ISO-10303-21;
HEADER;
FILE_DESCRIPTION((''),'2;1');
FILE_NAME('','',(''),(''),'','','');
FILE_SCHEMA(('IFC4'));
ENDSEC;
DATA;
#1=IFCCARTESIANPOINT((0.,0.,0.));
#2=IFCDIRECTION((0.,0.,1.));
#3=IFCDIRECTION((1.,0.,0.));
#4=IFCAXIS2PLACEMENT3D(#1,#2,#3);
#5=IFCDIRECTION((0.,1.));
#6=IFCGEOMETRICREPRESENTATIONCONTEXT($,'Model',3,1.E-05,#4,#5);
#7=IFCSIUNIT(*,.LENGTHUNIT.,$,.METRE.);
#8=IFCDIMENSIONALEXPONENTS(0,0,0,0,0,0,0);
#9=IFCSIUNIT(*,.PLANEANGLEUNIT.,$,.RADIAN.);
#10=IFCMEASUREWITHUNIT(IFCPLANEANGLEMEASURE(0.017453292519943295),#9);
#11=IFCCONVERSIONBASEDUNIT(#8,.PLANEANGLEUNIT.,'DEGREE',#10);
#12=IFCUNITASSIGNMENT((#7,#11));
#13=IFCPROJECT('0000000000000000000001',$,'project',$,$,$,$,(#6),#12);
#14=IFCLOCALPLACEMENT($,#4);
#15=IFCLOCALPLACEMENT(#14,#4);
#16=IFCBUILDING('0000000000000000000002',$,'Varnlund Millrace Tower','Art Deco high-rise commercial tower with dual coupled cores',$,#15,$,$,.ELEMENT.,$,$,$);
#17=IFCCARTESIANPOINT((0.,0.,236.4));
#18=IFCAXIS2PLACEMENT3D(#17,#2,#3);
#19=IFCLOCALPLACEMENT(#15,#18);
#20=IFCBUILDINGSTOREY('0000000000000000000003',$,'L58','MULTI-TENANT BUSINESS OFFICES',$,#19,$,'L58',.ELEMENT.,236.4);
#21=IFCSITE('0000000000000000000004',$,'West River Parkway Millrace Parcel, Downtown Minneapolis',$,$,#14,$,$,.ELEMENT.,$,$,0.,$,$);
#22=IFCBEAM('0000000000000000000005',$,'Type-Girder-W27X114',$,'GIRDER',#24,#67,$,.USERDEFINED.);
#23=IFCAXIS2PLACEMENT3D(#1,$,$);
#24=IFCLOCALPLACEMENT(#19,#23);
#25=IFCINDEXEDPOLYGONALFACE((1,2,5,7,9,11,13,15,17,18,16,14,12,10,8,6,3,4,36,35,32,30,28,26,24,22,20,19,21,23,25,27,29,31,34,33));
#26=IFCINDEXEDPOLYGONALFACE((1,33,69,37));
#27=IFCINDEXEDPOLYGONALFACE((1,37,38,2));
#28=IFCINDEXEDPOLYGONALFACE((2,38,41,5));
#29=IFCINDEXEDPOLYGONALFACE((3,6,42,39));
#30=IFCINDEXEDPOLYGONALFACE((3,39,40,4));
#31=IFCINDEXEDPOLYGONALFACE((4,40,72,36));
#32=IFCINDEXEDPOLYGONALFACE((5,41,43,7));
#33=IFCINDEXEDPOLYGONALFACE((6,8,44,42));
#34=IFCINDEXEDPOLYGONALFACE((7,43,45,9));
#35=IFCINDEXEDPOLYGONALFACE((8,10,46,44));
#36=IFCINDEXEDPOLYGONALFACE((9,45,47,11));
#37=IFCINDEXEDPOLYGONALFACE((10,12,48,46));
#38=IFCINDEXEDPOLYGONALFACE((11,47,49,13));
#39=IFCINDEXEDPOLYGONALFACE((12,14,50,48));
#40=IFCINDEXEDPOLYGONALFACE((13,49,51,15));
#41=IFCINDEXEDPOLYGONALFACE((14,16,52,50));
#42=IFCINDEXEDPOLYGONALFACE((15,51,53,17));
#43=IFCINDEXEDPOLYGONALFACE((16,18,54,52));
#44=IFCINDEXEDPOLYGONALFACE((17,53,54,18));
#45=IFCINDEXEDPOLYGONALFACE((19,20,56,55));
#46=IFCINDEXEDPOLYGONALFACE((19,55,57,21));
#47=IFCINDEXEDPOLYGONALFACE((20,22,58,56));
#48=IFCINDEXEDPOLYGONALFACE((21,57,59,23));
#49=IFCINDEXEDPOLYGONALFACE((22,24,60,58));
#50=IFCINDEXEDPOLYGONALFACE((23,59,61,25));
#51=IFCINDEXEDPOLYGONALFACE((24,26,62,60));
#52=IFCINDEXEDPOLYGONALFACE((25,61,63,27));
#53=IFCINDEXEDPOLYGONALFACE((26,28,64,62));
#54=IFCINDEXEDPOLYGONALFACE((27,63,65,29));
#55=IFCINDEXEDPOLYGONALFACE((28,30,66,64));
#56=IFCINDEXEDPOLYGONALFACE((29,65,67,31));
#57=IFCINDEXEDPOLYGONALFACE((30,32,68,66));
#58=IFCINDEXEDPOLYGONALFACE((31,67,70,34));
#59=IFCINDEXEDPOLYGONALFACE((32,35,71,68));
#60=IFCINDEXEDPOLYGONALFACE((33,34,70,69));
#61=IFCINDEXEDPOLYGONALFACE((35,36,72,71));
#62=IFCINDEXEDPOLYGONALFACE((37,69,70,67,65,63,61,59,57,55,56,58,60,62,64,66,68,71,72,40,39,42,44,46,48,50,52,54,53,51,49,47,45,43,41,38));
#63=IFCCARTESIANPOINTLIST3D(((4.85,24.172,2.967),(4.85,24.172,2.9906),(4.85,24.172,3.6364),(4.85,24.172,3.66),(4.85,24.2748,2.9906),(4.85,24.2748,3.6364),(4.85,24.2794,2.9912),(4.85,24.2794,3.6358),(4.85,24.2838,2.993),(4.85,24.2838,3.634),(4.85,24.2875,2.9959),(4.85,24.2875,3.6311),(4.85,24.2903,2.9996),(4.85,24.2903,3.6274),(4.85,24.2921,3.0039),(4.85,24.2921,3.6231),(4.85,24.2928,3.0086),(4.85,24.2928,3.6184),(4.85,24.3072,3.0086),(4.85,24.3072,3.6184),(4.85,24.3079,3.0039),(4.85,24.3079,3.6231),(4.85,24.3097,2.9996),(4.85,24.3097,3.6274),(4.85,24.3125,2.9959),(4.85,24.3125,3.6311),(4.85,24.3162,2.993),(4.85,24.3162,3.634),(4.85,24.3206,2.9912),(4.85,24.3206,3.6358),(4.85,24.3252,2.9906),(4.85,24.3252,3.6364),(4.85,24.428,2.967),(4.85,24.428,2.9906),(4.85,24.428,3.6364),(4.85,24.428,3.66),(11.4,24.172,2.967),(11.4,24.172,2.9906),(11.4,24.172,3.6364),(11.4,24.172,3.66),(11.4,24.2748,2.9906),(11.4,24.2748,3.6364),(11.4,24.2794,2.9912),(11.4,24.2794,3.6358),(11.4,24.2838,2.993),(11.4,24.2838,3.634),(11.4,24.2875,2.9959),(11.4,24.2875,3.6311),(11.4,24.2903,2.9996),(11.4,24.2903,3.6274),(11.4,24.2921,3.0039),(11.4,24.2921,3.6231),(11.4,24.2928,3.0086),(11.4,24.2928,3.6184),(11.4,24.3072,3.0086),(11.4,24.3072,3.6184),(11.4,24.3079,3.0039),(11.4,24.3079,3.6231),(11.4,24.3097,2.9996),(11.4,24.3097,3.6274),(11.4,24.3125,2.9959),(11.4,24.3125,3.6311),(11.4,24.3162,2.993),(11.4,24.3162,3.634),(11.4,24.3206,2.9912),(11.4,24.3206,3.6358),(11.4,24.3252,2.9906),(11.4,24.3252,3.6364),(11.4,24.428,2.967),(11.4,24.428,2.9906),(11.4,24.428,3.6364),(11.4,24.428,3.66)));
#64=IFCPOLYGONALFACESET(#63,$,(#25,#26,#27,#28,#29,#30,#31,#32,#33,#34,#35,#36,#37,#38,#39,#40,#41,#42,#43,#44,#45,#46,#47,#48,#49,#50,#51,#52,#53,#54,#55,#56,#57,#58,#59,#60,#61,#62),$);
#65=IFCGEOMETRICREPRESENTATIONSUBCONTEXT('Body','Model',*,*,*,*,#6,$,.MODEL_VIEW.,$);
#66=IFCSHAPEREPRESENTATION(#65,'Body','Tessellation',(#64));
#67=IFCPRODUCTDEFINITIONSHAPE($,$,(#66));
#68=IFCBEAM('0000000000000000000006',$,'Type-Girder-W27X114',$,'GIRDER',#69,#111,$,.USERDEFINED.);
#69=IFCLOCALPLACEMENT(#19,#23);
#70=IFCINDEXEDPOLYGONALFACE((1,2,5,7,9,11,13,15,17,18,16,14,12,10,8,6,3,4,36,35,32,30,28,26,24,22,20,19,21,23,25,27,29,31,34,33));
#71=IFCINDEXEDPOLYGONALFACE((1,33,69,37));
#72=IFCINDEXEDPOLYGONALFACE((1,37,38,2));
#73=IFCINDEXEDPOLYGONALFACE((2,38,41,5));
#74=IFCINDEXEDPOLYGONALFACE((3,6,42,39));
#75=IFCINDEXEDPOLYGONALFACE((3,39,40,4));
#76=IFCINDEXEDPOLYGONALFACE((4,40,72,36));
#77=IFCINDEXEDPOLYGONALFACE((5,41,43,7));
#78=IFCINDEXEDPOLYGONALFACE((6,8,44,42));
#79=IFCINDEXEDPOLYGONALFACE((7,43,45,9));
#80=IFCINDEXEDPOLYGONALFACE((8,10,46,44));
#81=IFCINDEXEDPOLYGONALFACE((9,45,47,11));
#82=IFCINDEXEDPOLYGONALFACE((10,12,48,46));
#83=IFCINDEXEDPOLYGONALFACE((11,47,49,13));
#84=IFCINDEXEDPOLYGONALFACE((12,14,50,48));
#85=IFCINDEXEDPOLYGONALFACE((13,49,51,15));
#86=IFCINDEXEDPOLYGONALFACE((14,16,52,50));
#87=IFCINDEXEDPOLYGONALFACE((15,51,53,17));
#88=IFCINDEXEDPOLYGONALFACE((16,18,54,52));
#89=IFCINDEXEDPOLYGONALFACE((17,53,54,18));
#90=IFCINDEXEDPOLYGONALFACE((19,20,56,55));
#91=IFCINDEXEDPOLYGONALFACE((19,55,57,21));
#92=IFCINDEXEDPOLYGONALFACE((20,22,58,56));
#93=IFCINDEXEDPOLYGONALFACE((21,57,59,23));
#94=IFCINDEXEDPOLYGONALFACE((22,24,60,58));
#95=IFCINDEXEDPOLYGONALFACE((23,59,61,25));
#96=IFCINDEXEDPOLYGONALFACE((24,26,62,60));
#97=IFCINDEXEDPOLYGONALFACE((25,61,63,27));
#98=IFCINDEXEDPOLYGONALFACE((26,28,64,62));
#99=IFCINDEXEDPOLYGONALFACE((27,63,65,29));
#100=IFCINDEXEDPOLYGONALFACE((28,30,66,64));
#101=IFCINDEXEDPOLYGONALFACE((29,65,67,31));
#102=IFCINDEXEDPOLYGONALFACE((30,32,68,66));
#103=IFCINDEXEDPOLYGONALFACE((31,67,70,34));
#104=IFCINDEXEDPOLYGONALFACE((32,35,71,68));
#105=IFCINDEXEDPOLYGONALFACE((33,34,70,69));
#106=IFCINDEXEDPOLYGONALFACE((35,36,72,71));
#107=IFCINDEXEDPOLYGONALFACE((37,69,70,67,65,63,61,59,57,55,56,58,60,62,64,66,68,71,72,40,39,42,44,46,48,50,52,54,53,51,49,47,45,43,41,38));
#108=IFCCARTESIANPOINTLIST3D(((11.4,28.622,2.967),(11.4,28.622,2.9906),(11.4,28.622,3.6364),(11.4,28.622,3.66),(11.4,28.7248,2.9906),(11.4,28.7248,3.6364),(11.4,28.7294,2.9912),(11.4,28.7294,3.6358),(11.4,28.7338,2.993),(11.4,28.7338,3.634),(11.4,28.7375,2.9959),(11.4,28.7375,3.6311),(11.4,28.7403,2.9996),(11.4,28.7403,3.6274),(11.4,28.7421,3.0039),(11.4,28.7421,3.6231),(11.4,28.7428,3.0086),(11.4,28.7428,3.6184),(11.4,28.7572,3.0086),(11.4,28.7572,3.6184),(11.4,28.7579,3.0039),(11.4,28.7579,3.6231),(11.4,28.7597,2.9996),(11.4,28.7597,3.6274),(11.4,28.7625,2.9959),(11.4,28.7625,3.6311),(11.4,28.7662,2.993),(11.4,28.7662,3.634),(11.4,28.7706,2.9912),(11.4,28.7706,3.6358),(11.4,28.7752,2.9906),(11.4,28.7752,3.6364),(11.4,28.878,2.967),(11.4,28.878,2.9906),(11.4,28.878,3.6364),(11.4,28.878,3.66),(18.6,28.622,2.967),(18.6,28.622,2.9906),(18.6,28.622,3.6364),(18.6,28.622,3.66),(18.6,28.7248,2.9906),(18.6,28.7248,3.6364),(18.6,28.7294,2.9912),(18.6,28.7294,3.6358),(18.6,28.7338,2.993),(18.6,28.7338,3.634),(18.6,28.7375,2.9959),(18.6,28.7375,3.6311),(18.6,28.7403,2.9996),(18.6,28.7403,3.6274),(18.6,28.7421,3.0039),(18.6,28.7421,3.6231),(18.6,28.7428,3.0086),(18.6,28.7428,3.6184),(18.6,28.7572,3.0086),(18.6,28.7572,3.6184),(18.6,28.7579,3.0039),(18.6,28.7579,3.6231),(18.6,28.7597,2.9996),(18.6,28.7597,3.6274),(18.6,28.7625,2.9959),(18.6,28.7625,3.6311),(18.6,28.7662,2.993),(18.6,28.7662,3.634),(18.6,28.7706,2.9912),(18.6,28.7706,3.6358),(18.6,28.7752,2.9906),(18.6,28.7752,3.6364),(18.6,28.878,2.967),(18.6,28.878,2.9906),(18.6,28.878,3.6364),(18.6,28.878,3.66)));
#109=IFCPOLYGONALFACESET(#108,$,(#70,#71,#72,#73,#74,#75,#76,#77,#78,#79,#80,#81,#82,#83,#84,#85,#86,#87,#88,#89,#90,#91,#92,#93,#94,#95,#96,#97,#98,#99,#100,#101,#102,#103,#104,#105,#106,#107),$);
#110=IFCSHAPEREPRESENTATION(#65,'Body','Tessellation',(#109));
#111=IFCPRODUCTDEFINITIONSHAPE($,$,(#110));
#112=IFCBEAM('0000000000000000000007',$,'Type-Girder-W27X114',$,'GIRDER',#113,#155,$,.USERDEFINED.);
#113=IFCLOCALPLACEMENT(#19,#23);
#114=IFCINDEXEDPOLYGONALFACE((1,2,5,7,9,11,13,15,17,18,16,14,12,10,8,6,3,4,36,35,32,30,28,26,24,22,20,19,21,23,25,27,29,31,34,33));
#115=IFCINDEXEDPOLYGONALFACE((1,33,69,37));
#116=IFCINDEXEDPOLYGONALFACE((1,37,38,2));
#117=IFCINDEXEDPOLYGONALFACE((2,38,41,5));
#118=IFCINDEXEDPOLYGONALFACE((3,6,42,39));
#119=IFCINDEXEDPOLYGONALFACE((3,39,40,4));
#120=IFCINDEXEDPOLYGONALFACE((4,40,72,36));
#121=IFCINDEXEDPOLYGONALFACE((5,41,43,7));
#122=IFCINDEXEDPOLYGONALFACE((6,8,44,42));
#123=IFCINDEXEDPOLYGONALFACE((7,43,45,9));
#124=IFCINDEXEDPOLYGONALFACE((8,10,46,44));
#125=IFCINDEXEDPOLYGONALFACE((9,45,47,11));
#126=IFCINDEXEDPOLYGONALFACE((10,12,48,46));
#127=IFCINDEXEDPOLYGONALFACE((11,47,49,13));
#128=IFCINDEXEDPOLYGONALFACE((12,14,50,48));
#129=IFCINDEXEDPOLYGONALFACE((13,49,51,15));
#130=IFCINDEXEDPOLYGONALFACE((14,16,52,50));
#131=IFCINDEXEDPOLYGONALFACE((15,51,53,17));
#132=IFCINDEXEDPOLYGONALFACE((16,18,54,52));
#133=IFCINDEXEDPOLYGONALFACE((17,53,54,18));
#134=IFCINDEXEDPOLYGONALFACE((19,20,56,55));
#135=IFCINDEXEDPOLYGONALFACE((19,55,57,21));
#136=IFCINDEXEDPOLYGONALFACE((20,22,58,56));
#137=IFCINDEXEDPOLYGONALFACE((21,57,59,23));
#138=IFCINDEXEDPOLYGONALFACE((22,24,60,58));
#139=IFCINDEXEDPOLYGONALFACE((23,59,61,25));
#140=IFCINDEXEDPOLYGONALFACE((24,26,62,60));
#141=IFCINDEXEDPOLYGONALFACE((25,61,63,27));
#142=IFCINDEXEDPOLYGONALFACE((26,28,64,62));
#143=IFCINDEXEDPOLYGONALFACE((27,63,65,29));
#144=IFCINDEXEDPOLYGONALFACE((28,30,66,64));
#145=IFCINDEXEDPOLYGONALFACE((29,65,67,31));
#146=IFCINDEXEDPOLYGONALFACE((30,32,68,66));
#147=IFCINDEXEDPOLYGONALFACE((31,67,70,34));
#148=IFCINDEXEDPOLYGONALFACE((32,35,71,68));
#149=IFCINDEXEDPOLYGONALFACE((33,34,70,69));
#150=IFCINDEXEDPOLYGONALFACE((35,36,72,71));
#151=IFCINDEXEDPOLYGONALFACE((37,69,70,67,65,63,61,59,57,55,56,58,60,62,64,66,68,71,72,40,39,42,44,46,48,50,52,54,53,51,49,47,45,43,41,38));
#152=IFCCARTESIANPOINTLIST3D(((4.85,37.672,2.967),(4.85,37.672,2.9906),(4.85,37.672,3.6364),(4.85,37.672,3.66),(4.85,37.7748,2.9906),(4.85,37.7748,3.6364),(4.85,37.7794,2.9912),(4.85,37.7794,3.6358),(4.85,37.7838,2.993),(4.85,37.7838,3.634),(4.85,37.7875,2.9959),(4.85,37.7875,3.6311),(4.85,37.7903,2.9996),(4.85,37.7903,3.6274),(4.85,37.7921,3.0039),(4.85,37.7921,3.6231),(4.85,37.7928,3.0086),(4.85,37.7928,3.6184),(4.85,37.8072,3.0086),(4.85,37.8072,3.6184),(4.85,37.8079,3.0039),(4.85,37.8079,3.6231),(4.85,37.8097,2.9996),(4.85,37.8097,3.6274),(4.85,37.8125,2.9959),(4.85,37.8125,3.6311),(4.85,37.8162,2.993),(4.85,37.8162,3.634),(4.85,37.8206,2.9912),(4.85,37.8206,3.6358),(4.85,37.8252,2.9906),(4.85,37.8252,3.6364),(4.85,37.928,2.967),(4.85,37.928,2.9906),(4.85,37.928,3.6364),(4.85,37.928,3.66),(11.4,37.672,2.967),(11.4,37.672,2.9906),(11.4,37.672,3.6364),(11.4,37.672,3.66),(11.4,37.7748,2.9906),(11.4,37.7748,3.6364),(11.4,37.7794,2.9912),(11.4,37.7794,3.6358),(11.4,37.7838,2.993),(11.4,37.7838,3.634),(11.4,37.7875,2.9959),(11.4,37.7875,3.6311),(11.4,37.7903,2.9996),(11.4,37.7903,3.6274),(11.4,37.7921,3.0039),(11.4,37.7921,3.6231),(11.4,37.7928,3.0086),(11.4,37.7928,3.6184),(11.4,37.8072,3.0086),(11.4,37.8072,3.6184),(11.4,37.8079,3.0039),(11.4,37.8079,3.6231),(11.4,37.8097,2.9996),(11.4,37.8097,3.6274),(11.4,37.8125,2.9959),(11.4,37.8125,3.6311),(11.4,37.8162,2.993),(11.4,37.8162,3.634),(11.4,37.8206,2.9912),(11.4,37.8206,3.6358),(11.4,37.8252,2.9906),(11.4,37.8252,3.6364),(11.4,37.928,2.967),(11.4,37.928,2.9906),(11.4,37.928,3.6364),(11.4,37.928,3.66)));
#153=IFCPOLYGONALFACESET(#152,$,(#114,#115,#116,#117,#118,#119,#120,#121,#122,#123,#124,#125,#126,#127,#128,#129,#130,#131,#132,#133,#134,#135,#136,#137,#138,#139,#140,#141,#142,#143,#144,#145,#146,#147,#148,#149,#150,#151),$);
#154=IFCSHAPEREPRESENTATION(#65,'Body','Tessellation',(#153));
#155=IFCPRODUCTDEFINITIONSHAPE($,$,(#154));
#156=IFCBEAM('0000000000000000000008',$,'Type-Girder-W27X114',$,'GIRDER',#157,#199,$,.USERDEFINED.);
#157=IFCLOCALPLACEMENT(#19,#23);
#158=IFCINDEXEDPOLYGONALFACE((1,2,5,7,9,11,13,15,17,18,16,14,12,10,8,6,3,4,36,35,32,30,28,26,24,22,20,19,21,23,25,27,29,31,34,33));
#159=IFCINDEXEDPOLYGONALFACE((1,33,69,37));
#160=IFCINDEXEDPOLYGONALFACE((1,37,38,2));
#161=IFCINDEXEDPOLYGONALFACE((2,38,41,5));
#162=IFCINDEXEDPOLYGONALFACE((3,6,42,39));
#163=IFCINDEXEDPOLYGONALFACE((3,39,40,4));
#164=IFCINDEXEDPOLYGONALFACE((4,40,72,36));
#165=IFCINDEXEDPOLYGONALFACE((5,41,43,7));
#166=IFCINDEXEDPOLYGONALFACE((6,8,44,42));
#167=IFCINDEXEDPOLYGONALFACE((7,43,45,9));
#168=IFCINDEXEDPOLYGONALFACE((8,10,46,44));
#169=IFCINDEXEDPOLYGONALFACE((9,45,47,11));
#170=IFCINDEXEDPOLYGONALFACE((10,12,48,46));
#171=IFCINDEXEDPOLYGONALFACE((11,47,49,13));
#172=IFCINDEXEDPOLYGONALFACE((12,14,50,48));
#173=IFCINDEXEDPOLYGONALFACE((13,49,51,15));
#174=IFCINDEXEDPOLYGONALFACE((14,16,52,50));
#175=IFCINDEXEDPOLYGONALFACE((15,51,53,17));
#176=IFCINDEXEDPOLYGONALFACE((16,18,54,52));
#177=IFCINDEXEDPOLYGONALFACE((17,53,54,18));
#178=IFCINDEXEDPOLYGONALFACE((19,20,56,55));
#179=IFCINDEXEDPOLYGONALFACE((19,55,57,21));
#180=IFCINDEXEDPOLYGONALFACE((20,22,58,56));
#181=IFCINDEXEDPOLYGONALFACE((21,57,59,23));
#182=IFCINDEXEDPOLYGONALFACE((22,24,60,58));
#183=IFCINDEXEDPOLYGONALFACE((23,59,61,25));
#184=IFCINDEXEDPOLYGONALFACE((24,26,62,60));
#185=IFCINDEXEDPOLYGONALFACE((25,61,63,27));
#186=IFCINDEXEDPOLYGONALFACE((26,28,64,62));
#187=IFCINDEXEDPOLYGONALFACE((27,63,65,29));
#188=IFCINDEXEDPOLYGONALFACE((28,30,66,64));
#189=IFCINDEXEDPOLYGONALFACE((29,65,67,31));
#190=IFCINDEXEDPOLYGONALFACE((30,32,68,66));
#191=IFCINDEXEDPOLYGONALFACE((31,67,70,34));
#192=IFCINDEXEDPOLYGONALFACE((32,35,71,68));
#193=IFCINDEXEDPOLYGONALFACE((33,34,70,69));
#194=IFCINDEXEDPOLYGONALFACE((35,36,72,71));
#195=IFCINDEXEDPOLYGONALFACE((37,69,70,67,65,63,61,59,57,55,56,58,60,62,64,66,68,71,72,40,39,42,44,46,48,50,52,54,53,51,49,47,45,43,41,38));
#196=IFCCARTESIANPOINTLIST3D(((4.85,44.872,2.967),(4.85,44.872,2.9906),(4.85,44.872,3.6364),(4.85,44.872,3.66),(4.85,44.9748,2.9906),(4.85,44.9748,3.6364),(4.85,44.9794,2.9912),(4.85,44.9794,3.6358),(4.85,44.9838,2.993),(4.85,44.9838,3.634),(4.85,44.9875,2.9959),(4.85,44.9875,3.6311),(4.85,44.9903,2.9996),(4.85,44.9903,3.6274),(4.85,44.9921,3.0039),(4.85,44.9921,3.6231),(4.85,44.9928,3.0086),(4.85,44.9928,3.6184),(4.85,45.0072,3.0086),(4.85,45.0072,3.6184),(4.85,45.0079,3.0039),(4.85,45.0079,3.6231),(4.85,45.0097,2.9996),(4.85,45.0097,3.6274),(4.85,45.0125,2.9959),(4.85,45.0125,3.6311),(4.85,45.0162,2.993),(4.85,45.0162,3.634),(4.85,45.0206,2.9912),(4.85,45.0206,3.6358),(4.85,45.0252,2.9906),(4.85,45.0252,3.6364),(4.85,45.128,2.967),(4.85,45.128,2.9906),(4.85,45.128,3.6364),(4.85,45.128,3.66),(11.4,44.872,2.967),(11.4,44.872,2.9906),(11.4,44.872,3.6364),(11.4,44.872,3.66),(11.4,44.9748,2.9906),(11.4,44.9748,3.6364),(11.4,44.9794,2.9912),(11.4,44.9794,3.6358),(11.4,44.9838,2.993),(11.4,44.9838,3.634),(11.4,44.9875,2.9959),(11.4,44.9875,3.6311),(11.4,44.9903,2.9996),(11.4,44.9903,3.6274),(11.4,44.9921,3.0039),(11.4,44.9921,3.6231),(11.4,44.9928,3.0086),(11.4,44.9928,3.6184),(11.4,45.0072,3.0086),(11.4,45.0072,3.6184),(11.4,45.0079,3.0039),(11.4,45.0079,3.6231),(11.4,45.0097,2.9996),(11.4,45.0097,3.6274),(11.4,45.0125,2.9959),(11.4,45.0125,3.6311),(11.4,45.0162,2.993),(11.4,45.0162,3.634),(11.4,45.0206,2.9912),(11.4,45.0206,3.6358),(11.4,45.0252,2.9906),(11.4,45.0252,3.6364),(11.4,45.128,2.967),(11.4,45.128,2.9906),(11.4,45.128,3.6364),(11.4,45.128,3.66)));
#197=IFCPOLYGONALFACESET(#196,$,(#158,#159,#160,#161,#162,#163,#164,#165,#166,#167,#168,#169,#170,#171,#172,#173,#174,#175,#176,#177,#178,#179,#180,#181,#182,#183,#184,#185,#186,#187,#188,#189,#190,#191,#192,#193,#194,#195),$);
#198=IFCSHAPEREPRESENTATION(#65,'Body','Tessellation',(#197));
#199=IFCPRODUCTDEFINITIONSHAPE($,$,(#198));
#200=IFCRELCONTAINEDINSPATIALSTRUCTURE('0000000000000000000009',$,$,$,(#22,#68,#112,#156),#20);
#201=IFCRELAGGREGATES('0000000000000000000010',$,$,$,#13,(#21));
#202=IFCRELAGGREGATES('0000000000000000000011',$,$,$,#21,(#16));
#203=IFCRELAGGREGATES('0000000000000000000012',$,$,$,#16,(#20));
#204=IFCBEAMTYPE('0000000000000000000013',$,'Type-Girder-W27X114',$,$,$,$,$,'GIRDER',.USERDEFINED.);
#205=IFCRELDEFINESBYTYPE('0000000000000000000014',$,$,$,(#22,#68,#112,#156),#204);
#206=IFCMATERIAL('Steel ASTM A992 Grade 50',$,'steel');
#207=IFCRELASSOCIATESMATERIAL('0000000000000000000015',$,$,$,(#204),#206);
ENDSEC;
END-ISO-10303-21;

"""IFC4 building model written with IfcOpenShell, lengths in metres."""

from ifc_helpers import new_model, entity, si_unit, converted_unit, direction, frame, origin_with_axes, origin_2d_with_axis, place, context, subcontext, project, spatial, i_section, extrude, material, material_profile, profile_set, type_object, element, save


model = new_model("IFC4")

# Units and contexts
model_context = context("Model", 3, precision=1e-05, world=origin_with_axes(), true_north=direction((0.0, 1.0)))
body_context = subcontext(model_context, "Body", "Model", "MODEL_VIEW")
ifc_project = project(units=[si_unit("LENGTHUNIT", "METRE"), converted_unit("PLANEANGLEUNIT", "DEGREE", entity("IfcPlaneAngleMeasure", 0.017453292519943295), si_unit("PLANEANGLEUNIT", "RADIAN"), dimensions=[0, 0, 0, 0, 0, 0, 0])], contexts=[model_context])

# Site, building, storey
site_placement = place(None, origin_with_axes())
site = spatial("IfcSite", under=ifc_project, at=site_placement, Name="West River Parkway Millrace Parcel, Downtown Minneapolis", CompositionType="ELEMENT", RefElevation=0.0)
building_placement = place(site_placement, origin_with_axes())
building = spatial("IfcBuilding", under=site, at=building_placement, Name="Varnlund Millrace Tower", Description="Art Deco high-rise commercial tower with dual coupled cores", CompositionType="ELEMENT")
storey_placement = place(building_placement, frame((0.0, 0.0, 236.4), z_axis=(0.0, 0.0, 1.0), x_axis=(1.0, 0.0, 0.0)))
storey = spatial("IfcBuildingStorey", under=building, at=storey_placement, Name="L58", Description="MULTI-TENANT BUSINESS OFFICES", LongName="L58", CompositionType="ELEMENT", Elevation=236.4)

# Beams
ifc_material_1 = material(Name="Steel ASTM A992 Grade 50", Category="steel")
ifc_material_profile_1 = material_profile(ifc_material_1, i_section(OverallWidth=0.256, OverallDepth=0.693, WebThickness=0.0145, FlangeThickness=0.0236, FilletRadius=0.018, at=origin_2d_with_axis()), Name="Steel ASTM A992 Grade 50")
ifc_profile_set_1 = profile_set([ifc_material_profile_1], Name="Steel ASTM A992 Grade 50")
beam_type_1 = type_object("IfcBeamType", Name="Type-Girder-W27X114", ElementType="GIRDER", PredefinedType="USERDEFINED", material=ifc_profile_set_1)
beam_1_placement = place(storey_placement, frame((4.85, 24.3, 3.3135), z_axis=(1.0, 0.0, 0.0), x_axis=(0.0, 1.0, 0.0)))
element("IfcBeam", 1, at=beam_1_placement, inside=storey, type_object=beam_type_1, Name="Type-Girder-W27X114", ObjectType="GIRDER", PredefinedType="USERDEFINED", context=body_context, shape_type="SweptSolid", body=[
    extrude(i_section(OverallWidth=0.256, OverallDepth=0.693, WebThickness=0.0145, FlangeThickness=0.0236, FilletRadius=0.018, at=origin_2d_with_axis()), origin_with_axes(), (0.0, 0.0, 1.0), 6.55),
])
beam_2_placement = place(storey_placement, frame((11.4, 28.75, 3.3135), z_axis=(1.0, 0.0, 0.0), x_axis=(0.0, 1.0, 0.0)))
element("IfcBeam", 2, at=beam_2_placement, inside=storey, type_object=beam_type_1, Name="Type-Girder-W27X114", ObjectType="GIRDER", PredefinedType="USERDEFINED", context=body_context, shape_type="SweptSolid", body=[
    extrude(i_section(OverallWidth=0.256, OverallDepth=0.693, WebThickness=0.0145, FlangeThickness=0.0236, FilletRadius=0.018, at=origin_2d_with_axis()), origin_with_axes(), (0.0, 0.0, 1.0), 7.2),
])
for number, where, z_axis, x_axis, name in (
    (3, (4.85, 37.8, 3.3135), (1.0, 0.0, 0.0), (0.0, 1.0, 0.0), "Type-Girder-W27X114"),
    (4, (4.85, 45.0, 3.3135), (1.0, 0.0, 0.0), (0.0, 1.0, 0.0), "Type-Girder-W27X114"),
):
    element("IfcBeam", number, at=place(storey_placement, frame(where, z_axis=z_axis, x_axis=x_axis)), inside=storey, type_object=beam_type_1, Name=name, ObjectType="GIRDER", PredefinedType="USERDEFINED", context=body_context, shape_type="SweptSolid", body=[
        extrude(i_section(OverallWidth=0.256, OverallDepth=0.693, WebThickness=0.0145, FlangeThickness=0.0236, FilletRadius=0.018, at=origin_2d_with_axis()), origin_with_axes(), (0.0, 0.0, 1.0), 6.55),
    ])

save(model, "model.ifc")
